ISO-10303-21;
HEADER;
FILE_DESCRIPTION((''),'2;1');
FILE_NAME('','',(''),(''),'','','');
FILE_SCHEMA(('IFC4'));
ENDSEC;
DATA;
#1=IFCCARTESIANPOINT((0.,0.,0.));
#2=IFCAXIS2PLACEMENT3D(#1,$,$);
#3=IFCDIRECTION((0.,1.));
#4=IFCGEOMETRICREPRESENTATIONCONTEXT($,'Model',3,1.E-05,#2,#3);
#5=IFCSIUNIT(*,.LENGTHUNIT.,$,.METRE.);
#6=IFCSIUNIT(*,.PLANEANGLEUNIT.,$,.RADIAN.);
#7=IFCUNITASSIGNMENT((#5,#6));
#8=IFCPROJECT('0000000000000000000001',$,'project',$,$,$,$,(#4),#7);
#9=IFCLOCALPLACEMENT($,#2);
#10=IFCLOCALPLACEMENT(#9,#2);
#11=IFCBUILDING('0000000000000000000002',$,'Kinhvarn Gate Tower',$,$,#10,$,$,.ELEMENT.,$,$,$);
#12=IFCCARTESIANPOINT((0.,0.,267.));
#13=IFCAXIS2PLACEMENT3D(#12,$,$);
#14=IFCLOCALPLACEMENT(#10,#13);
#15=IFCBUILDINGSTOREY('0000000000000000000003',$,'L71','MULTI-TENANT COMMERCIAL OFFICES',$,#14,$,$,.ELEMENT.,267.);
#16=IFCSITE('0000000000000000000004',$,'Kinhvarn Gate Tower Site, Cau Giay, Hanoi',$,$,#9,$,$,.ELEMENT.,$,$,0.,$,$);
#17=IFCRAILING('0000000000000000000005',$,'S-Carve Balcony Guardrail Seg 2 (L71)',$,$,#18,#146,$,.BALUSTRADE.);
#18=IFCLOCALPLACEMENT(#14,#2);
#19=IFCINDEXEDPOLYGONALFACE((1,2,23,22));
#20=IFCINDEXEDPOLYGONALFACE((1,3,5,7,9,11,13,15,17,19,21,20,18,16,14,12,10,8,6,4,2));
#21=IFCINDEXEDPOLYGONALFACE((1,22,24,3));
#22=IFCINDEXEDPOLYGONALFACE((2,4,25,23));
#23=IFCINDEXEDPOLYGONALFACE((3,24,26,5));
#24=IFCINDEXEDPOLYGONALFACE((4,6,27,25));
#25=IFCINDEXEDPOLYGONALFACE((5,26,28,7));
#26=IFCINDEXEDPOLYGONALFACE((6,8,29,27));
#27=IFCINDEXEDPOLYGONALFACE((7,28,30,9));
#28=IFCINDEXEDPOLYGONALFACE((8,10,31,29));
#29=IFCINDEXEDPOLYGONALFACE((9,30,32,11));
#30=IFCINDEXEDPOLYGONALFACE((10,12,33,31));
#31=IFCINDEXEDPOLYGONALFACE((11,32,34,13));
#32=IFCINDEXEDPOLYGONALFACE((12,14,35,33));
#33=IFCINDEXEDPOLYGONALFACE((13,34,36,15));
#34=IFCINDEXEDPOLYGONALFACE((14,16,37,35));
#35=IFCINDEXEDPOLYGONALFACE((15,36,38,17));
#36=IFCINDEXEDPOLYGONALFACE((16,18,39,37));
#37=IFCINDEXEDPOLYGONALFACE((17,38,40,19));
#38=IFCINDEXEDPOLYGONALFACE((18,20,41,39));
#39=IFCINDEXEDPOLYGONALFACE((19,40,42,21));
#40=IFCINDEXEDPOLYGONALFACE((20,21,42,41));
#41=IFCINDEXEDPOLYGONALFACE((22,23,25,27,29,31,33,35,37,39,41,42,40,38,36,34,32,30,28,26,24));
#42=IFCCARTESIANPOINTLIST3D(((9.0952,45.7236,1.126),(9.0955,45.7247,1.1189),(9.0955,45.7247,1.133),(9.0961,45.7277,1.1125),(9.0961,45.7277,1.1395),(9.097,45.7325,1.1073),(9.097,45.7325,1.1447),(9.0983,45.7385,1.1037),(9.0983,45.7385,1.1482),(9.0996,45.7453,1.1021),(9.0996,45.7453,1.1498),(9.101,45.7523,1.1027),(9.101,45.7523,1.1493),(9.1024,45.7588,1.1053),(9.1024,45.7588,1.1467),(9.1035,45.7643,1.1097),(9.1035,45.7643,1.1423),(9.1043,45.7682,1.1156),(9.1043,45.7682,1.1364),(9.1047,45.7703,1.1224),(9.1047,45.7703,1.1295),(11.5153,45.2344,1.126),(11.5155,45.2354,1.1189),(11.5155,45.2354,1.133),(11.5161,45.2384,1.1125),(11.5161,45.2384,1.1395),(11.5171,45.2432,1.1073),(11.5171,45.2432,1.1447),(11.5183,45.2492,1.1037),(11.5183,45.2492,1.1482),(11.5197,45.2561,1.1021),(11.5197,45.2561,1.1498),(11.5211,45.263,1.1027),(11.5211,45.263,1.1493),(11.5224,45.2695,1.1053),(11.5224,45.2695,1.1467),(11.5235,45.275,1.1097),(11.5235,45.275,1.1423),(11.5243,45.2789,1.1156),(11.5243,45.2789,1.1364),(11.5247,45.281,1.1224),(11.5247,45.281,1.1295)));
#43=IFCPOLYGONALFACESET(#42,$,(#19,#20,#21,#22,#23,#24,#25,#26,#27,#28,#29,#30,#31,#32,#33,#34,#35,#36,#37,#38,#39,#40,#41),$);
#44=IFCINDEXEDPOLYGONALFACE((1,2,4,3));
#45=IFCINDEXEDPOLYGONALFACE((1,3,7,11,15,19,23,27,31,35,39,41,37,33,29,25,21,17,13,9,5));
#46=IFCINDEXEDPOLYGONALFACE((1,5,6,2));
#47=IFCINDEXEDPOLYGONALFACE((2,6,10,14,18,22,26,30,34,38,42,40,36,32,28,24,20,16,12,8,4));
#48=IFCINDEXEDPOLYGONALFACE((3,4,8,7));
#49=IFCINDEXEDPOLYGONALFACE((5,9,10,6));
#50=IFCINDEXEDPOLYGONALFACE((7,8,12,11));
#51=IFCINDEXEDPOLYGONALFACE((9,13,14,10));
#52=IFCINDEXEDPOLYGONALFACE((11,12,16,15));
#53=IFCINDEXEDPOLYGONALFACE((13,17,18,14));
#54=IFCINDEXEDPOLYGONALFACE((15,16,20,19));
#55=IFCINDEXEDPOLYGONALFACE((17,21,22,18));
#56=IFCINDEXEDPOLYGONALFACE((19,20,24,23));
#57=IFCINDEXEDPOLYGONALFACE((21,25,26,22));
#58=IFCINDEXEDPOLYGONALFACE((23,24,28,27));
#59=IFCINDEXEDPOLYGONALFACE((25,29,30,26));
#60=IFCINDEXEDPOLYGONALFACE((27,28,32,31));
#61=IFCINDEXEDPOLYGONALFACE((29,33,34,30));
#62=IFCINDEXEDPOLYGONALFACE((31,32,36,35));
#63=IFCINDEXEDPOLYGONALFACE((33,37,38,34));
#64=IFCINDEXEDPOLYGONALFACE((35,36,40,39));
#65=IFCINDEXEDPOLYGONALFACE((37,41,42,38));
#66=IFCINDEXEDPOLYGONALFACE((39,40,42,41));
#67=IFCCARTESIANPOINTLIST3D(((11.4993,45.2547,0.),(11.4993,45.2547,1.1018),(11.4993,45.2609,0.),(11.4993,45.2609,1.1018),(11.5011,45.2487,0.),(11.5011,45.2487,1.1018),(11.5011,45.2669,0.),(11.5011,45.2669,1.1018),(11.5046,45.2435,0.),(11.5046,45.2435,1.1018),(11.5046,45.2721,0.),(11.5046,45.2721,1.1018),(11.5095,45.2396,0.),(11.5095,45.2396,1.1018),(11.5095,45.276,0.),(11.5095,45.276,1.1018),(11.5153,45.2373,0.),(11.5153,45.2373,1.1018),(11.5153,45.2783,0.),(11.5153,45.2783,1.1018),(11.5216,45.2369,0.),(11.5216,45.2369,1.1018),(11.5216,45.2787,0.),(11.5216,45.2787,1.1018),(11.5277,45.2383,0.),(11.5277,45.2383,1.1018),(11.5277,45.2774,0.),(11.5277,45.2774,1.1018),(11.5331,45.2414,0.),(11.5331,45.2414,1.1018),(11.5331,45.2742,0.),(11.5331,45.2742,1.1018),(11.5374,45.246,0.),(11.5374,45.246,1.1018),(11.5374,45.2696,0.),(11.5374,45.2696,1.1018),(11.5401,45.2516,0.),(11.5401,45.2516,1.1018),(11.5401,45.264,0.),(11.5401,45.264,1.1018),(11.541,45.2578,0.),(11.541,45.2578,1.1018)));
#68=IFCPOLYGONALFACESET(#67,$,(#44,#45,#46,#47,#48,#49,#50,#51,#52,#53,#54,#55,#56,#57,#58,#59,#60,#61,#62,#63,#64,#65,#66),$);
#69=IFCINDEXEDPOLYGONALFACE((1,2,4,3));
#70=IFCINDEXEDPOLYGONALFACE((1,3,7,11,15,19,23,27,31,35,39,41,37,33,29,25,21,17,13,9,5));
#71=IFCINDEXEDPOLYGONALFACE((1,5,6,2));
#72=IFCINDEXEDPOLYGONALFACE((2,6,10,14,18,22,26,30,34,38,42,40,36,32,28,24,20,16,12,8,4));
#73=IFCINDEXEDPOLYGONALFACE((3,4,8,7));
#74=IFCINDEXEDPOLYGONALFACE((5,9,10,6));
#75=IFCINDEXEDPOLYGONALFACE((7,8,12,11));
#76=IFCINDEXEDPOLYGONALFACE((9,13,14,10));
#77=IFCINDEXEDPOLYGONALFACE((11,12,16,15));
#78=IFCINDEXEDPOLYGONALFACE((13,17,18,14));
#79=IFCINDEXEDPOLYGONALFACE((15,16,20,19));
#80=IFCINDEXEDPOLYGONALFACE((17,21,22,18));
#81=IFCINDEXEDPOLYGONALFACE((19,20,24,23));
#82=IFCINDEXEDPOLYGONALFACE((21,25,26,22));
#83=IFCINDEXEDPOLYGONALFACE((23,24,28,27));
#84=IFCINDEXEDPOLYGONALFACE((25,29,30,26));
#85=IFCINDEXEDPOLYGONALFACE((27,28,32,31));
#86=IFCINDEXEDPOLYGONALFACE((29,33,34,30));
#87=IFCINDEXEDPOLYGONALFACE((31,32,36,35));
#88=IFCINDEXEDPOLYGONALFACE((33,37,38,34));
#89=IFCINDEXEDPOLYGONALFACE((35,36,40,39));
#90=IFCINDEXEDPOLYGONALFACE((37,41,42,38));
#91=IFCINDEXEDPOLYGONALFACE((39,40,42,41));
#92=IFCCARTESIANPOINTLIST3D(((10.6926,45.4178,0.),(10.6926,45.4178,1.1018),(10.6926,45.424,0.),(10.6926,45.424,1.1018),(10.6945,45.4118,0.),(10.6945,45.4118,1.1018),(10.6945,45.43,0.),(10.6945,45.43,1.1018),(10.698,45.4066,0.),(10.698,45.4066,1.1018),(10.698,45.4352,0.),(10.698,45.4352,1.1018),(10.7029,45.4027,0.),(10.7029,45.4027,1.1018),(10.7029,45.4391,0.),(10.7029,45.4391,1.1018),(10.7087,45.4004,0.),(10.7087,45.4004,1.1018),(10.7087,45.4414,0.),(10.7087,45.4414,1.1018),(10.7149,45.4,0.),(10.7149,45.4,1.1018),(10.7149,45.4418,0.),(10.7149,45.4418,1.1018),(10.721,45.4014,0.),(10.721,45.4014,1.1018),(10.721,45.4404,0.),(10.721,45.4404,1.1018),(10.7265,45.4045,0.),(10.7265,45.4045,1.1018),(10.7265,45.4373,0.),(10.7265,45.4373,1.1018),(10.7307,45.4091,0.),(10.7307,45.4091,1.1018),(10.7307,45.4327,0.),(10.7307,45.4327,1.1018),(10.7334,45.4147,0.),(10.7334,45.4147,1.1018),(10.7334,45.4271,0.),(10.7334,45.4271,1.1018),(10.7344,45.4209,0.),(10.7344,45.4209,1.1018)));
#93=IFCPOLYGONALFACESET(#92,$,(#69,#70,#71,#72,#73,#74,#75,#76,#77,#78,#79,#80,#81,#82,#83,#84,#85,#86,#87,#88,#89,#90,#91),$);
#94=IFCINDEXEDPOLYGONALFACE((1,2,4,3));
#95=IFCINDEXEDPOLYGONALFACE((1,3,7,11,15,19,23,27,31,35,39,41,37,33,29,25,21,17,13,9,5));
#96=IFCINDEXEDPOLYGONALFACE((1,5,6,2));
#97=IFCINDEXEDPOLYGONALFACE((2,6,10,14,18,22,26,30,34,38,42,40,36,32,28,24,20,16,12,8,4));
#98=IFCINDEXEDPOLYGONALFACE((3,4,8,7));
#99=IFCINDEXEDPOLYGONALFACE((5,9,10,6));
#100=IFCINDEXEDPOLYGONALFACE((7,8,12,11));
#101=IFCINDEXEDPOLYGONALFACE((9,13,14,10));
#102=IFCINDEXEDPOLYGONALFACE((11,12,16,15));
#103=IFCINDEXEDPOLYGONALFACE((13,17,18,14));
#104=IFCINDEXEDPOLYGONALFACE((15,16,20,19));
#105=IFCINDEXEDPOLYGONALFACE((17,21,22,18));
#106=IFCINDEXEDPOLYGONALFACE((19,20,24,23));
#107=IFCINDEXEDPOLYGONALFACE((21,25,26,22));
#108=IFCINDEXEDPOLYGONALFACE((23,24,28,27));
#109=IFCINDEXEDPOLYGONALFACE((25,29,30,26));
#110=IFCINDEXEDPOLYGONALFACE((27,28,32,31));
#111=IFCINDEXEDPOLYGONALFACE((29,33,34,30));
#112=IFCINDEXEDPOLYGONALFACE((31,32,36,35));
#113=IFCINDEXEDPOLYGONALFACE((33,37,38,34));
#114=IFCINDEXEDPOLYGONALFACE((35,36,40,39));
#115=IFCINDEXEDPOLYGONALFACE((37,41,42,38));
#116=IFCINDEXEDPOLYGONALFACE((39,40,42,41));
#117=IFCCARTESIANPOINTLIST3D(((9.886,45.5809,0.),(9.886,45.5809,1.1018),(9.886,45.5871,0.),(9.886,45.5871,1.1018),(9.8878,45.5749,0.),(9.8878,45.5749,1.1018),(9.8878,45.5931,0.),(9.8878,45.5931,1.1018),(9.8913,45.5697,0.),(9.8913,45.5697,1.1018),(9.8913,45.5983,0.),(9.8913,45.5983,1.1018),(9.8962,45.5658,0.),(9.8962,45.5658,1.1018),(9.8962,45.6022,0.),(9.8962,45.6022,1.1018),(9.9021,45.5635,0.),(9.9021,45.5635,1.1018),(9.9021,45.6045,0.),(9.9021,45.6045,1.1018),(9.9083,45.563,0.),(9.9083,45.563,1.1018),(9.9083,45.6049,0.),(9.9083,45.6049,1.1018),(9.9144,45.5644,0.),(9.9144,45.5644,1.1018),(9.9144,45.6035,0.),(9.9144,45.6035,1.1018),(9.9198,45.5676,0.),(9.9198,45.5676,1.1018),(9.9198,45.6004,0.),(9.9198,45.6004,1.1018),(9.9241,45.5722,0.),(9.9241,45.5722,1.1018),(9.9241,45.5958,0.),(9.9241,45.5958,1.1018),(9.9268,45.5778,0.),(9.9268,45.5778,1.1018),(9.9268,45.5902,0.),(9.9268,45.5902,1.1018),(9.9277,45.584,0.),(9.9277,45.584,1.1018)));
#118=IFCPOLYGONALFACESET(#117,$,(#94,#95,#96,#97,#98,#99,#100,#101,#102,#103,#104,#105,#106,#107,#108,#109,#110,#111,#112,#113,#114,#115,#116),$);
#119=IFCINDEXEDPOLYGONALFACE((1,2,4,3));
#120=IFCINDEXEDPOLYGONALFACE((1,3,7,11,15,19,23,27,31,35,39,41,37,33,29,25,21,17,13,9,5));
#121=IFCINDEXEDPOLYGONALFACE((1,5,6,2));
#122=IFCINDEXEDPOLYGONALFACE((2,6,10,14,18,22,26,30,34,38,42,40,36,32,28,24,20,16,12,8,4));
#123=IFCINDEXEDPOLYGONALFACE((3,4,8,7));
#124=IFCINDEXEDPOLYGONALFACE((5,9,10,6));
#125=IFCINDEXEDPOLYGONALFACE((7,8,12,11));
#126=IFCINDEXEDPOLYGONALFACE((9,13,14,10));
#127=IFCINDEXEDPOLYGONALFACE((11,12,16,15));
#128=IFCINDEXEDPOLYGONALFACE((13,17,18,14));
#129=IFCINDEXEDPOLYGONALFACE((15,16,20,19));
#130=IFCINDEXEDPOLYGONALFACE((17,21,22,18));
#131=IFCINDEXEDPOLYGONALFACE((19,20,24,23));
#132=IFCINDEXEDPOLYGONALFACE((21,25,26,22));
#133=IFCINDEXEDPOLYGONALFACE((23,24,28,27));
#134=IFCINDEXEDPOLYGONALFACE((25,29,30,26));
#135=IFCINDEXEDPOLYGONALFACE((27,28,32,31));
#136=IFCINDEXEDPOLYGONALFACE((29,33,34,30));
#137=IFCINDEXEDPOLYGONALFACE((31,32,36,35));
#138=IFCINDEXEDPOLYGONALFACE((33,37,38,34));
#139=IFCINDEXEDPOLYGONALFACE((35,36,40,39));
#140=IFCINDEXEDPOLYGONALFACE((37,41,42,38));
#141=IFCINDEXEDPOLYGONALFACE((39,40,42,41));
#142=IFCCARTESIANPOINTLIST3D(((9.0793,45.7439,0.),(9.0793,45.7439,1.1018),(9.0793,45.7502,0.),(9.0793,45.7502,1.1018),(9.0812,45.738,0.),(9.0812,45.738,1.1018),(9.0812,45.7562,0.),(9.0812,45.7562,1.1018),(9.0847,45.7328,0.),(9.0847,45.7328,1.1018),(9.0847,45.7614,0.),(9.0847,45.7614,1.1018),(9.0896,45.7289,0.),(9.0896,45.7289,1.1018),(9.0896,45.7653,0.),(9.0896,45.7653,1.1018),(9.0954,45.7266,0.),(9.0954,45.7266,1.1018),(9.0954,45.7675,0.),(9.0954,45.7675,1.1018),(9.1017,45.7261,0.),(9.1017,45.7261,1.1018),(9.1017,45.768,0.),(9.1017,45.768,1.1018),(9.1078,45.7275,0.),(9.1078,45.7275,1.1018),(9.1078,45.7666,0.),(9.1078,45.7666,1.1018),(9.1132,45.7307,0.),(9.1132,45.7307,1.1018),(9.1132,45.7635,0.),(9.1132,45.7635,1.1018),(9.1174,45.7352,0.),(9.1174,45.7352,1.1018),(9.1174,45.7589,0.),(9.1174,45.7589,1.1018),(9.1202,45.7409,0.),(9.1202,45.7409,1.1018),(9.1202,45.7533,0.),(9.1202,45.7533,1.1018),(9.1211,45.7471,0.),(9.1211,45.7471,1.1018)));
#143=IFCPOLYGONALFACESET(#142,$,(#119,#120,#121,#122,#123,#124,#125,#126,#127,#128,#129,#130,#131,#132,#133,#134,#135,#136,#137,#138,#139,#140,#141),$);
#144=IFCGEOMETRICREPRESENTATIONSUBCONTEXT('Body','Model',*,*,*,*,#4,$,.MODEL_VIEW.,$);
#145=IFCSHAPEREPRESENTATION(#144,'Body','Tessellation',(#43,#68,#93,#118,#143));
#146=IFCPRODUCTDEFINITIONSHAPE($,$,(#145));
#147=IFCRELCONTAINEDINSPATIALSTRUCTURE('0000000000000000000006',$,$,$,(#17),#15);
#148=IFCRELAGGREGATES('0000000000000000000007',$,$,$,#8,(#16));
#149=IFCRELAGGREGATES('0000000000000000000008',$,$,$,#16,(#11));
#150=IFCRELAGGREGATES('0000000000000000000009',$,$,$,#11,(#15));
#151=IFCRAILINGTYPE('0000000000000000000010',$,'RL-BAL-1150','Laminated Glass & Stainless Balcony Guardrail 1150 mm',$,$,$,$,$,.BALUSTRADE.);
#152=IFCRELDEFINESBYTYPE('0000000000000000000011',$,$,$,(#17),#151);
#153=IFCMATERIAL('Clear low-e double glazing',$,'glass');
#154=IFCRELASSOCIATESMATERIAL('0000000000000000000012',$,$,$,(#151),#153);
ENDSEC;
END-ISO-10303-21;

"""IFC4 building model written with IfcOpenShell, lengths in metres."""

from ifc_helpers import new_model, si_unit, direction, frame, origin, origin_2d, place, context, subcontext, project, spatial, circle, extrude, material, type_object, element, save


model = new_model("IFC4")

# Units and contexts
model_context = context("Model", 3, precision=1e-05, world=origin(), true_north=direction((0.0, 1.0)))
body_context = subcontext(model_context, "Body", "Model", "MODEL_VIEW")
ifc_project = project(units=[si_unit("LENGTHUNIT", "METRE"), si_unit("PLANEANGLEUNIT", "RADIAN")], contexts=[model_context])

# Site, building, storey
site_placement = place(None, origin())
site = spatial("IfcSite", under=ifc_project, at=site_placement, Name="Kinhvarn Gate Tower Site, Cau Giay, Hanoi", CompositionType="ELEMENT", RefElevation=0.0)
building_placement = place(site_placement, origin())
building = spatial("IfcBuilding", under=site, at=building_placement, Name="Kinhvarn Gate Tower", CompositionType="ELEMENT")
storey_placement = place(building_placement, frame((0.0, 0.0, 267.0)))
storey = spatial("IfcBuildingStorey", under=building, at=storey_placement, Name="L71", Description="MULTI-TENANT COMMERCIAL OFFICES", CompositionType="ELEMENT", Elevation=267.0)

# Shared definitions
ifc_material_1 = material(Name="Clear low-e double glazing", Category="glass")

# Railing
railing_type_1 = type_object("IfcRailingType", Name="RL-BAL-1150", Description="Laminated Glass & Stainless Balcony Guardrail 1150 mm", PredefinedType="BALUSTRADE", material=ifc_material_1)
railing_1_placement = place(storey_placement, frame((11.52, 45.2578, 0.0)))
element("IfcRailing", 1, at=railing_1_placement, inside=storey, type_object=railing_type_1, Name="S-Carve Balcony Guardrail Seg 2 (L71)", PredefinedType="BALUSTRADE", context=body_context, shape_type="SweptSolid", body=[
    extrude(circle(Radius=0.0239, at=origin_2d()), frame((0.0, 0.0, 1.126), z_axis=(-0.980168, 0.19817, 0.0), x_axis=(-0.19817, -0.980168, 0.0)), (0.0, 0.0, 1.0), 2.469),
    extrude(circle(Radius=0.021, at=origin_2d()), origin(), (0.0, 0.0, 1.0), 1.1018),
    extrude(circle(Radius=0.021, at=origin_2d()), frame((-0.8066, 0.1631, 0.0)), (0.0, 0.0, 1.0), 1.1018),
    extrude(circle(Radius=0.021, at=origin_2d()), frame((-1.6133, 0.3262, 0.0)), (0.0, 0.0, 1.0), 1.1018),
    extrude(circle(Radius=0.021, at=origin_2d()), frame((-2.4199, 0.4893, 0.0)), (0.0, 0.0, 1.0), 1.1018),
])

save(model, "model.ifc")
